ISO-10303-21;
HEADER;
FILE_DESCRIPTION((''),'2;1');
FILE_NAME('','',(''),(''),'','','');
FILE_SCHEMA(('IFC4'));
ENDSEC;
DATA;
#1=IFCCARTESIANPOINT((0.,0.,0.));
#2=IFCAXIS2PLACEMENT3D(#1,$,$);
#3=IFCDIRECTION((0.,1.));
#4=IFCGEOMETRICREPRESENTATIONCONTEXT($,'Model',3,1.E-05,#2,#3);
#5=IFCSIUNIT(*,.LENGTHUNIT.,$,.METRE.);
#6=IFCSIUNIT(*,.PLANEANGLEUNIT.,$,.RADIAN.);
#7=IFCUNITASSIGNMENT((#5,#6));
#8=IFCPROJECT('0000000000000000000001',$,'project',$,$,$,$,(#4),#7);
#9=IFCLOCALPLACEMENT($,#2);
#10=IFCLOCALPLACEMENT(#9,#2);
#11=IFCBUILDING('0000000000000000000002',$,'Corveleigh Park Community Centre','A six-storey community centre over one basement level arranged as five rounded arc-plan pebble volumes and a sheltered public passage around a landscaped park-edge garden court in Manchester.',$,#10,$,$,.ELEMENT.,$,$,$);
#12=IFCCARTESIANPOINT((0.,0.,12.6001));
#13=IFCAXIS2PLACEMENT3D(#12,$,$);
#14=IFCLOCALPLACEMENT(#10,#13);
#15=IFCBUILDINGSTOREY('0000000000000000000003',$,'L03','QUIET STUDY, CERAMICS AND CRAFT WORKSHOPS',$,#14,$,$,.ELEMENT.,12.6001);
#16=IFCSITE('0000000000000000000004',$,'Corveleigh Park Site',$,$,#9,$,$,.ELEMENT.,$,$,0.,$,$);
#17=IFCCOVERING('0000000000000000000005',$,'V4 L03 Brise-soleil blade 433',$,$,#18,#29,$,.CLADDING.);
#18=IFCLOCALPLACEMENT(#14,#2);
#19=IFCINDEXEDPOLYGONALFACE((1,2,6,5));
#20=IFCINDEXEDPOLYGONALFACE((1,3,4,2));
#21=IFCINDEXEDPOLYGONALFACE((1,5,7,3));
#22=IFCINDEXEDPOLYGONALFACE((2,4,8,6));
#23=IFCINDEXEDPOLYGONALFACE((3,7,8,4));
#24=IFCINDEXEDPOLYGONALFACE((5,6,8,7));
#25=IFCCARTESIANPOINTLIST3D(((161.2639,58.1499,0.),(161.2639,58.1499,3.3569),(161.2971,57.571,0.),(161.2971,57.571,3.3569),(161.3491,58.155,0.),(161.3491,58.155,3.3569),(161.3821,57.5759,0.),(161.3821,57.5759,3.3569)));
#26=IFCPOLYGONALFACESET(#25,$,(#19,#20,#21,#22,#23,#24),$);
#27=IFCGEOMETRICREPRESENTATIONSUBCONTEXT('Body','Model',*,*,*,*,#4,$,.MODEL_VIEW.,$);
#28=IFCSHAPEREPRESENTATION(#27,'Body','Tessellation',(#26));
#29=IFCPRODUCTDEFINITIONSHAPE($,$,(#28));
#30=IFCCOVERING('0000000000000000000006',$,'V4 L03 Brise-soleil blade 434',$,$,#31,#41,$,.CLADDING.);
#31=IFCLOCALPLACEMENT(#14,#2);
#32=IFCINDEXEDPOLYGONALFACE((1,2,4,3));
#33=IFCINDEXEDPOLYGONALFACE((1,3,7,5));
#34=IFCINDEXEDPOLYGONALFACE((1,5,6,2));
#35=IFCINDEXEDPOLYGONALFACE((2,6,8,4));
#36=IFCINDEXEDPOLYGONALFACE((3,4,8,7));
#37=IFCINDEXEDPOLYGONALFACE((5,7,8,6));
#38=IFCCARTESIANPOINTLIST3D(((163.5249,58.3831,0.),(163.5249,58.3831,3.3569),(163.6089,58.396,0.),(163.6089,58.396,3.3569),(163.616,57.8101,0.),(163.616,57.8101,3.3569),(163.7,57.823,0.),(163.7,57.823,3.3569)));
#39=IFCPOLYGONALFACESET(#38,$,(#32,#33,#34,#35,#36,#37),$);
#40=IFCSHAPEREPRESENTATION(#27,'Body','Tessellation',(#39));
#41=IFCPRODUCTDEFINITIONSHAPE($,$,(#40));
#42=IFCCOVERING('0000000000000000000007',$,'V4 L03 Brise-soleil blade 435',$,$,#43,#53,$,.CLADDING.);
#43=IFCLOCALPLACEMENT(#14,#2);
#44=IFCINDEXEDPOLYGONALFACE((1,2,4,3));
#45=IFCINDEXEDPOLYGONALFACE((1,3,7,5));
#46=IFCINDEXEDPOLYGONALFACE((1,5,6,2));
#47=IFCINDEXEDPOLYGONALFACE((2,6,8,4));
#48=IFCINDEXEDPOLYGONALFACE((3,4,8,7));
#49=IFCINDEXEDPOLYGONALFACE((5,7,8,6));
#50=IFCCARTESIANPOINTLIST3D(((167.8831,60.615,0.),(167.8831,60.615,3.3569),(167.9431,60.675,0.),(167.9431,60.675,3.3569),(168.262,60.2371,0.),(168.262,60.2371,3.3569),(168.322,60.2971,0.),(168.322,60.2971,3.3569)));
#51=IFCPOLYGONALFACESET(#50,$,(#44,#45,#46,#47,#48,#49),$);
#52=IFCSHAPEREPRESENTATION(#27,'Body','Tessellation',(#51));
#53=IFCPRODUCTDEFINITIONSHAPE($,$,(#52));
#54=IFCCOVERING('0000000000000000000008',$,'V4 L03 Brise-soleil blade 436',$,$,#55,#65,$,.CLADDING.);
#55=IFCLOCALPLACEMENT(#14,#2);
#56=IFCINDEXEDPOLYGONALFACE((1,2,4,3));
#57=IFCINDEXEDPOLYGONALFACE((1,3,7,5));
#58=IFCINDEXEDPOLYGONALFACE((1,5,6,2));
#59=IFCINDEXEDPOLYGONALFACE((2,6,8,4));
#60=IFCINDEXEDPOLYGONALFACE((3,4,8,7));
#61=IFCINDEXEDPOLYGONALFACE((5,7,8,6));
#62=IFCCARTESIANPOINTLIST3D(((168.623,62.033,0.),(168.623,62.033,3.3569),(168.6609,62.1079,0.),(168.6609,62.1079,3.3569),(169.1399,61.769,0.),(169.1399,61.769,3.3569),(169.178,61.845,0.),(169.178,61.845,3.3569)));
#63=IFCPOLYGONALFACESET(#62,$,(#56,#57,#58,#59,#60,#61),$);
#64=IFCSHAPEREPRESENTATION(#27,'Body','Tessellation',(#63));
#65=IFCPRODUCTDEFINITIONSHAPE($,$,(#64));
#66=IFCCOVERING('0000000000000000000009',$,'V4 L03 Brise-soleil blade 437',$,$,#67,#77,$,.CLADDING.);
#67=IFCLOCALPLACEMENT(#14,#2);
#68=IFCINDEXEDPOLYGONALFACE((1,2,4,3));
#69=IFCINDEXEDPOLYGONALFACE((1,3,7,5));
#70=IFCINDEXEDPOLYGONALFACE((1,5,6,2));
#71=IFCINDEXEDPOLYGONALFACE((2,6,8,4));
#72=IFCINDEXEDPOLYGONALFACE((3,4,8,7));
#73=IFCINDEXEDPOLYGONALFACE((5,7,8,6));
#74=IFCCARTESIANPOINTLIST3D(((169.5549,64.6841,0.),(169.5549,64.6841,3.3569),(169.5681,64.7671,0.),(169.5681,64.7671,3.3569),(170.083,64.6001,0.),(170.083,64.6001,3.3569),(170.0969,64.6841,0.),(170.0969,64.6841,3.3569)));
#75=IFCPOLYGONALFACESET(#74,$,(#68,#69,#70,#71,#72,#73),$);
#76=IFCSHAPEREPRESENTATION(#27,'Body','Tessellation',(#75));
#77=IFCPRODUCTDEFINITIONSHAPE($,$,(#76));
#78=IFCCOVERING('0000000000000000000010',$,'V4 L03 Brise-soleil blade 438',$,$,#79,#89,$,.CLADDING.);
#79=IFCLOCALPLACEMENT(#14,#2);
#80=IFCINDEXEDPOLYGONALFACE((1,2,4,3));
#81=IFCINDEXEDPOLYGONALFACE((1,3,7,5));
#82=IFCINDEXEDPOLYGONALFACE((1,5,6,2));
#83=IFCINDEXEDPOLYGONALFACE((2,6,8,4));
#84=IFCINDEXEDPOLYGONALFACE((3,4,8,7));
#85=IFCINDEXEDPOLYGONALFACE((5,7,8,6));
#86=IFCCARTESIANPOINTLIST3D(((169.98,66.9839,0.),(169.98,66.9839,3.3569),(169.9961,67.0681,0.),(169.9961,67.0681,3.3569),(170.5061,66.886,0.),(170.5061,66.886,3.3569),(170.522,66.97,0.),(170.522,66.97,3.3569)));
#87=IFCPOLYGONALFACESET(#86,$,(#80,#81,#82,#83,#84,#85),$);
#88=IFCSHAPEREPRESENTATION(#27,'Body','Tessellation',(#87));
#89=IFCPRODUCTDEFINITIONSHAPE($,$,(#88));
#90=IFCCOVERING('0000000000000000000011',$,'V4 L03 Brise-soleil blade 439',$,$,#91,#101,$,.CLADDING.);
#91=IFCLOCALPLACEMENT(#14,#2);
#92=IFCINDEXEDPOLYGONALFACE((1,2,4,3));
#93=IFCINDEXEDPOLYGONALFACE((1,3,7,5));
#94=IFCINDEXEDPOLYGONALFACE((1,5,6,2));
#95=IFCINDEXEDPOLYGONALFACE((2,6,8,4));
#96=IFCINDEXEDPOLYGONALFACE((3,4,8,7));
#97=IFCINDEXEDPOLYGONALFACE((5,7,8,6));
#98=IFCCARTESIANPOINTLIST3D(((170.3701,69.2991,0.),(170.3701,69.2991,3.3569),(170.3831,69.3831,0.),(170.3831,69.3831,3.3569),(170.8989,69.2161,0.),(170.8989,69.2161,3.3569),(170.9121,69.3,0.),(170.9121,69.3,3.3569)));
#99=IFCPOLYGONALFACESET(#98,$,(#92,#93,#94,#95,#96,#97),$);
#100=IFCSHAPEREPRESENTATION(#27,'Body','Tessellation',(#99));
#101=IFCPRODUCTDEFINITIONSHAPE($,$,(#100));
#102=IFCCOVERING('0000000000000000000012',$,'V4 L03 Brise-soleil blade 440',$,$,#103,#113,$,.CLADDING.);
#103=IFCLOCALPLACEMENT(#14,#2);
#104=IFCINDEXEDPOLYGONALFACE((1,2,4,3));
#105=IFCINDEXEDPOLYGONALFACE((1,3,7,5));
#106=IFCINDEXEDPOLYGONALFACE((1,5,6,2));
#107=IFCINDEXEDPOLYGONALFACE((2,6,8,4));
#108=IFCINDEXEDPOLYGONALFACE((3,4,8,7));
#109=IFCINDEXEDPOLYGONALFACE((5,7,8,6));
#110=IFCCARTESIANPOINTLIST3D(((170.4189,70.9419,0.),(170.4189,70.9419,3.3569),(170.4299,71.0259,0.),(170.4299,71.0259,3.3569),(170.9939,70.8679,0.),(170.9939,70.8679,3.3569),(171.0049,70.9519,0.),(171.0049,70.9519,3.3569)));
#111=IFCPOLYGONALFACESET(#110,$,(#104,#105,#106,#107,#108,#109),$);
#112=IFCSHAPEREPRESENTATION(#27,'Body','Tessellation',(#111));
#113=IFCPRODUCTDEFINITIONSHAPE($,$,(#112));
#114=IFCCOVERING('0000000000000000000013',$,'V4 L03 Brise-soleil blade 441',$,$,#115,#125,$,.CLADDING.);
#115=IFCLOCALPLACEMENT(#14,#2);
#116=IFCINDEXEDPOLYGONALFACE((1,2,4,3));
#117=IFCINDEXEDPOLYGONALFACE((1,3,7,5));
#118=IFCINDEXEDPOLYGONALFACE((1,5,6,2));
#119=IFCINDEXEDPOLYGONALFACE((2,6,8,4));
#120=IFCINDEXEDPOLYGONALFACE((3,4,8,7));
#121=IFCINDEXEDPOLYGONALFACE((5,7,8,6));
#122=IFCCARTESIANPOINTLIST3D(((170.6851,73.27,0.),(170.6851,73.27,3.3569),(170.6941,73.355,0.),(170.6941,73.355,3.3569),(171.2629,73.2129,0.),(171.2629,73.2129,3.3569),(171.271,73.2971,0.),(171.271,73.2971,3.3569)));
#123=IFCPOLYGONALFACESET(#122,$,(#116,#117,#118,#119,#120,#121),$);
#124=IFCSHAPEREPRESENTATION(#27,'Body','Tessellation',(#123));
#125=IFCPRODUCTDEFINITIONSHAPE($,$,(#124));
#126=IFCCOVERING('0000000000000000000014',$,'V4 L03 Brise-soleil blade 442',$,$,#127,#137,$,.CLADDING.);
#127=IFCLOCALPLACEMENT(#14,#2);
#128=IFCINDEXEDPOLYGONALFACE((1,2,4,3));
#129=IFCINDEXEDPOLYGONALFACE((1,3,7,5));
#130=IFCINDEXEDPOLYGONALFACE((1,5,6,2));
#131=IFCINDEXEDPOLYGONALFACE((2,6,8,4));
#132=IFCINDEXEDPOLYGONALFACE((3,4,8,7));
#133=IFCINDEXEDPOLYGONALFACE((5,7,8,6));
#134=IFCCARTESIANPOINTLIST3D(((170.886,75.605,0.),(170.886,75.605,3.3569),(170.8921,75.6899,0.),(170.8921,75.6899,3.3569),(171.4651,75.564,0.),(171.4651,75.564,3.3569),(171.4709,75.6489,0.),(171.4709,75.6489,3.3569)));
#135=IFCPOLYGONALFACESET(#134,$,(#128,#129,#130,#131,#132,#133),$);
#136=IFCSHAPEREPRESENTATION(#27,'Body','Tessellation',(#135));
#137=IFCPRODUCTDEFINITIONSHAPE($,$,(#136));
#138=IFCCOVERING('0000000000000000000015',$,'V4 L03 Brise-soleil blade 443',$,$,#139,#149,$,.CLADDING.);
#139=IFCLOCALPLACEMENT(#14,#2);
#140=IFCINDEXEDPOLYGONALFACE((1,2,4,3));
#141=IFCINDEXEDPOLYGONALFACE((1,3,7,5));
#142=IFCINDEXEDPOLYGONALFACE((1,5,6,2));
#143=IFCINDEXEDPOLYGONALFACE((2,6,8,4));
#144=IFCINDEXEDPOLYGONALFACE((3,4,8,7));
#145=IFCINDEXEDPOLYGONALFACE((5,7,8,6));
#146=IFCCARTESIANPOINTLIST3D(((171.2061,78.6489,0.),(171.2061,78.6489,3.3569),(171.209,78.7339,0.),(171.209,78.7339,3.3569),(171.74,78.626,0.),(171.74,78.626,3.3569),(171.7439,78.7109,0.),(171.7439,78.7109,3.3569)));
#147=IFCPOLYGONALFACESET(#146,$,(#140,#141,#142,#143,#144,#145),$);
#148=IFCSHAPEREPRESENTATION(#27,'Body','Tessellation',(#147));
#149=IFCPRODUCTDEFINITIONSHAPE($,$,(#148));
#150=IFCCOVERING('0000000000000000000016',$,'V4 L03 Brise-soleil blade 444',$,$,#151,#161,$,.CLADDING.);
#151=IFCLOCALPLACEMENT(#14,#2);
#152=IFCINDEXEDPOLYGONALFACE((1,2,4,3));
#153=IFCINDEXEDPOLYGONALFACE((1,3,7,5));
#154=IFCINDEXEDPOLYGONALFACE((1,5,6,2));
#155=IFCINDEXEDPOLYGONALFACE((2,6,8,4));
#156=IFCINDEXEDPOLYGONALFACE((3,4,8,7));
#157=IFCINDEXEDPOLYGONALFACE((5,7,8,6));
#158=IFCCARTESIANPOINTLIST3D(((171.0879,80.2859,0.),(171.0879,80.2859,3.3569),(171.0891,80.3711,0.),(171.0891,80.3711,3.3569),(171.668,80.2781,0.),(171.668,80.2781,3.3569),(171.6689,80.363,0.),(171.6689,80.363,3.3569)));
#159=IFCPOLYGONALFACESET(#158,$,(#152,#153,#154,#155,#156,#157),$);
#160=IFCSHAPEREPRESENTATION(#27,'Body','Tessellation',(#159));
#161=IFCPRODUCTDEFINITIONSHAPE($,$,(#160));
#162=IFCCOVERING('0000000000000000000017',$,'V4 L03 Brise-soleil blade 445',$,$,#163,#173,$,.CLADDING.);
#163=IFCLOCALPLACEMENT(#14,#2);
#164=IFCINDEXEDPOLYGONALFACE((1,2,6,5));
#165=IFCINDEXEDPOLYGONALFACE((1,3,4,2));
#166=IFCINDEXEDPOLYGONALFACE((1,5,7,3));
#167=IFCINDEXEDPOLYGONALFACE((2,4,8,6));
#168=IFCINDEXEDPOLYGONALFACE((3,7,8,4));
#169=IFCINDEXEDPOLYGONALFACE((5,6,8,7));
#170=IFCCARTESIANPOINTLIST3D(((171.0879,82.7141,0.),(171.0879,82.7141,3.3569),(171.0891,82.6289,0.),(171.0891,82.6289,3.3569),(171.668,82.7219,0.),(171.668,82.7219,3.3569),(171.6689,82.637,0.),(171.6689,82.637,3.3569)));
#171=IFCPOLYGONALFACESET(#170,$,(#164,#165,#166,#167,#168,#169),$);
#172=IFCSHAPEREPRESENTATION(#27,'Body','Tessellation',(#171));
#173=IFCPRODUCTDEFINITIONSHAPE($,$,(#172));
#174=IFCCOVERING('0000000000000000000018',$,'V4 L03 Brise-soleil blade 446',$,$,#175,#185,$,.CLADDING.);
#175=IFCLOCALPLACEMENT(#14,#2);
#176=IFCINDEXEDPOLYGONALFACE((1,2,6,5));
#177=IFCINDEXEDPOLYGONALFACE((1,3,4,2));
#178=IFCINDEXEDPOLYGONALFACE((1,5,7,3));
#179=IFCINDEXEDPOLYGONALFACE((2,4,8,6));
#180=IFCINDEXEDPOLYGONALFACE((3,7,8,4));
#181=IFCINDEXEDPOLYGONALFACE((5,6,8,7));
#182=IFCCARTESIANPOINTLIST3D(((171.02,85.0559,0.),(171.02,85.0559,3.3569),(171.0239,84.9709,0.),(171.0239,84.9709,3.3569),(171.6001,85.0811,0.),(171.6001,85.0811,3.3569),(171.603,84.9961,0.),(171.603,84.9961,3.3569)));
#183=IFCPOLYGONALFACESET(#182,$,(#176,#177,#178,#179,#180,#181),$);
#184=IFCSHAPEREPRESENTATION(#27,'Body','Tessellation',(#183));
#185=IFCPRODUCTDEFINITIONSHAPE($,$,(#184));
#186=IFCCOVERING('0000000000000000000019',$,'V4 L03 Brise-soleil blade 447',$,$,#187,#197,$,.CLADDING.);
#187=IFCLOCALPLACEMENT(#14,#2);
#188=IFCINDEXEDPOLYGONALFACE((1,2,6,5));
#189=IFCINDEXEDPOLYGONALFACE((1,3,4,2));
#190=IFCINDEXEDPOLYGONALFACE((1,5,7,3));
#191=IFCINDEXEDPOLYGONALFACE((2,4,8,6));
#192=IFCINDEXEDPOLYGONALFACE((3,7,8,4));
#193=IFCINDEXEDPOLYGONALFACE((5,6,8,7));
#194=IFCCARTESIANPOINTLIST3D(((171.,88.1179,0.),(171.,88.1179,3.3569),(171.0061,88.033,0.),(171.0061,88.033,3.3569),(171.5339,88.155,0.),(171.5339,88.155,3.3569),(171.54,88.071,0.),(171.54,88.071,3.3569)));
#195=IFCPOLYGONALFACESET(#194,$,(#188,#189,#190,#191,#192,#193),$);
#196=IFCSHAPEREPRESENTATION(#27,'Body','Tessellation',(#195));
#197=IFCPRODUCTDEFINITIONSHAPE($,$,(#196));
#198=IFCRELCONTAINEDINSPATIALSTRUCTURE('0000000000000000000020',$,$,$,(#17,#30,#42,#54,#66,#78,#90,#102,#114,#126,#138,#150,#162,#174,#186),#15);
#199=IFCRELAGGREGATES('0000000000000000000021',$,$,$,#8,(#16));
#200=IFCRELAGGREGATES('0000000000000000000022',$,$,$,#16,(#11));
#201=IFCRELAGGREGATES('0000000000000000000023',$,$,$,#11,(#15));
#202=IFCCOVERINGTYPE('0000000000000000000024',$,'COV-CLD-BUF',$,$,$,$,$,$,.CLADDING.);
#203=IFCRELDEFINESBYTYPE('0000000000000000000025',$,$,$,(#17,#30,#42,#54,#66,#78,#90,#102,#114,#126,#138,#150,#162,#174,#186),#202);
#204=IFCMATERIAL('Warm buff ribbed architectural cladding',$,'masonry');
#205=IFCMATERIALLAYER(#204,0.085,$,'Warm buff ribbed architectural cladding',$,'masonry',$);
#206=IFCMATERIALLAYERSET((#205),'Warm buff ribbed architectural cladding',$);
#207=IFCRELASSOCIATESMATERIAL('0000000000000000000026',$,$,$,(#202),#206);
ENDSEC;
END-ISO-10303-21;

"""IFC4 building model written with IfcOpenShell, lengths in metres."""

from ifc_helpers import new_model, si_unit, direction, frame, origin, place, context, subcontext, project, spatial, polyline, outline, extrude, material, layer, layer_set, type_object, element, save


model = new_model("IFC4")

# Units and contexts
model_context = context("Model", 3, precision=1e-05, world=origin(), true_north=direction((0.0, 1.0)))
body_context = subcontext(model_context, "Body", "Model", "MODEL_VIEW")
ifc_project = project(units=[si_unit("LENGTHUNIT", "METRE"), si_unit("PLANEANGLEUNIT", "RADIAN")], contexts=[model_context])

# Site, building, storey
site_placement = place(None, origin())
site = spatial("IfcSite", under=ifc_project, at=site_placement, Name="Corveleigh Park Site", CompositionType="ELEMENT", RefElevation=0.0)
building_placement = place(site_placement, origin())
building = spatial("IfcBuilding", under=site, at=building_placement, Name="Corveleigh Park Community Centre", Description="A six-storey community centre over one basement level arranged as five rounded arc-plan pebble volumes and a sheltered public passage around a landscaped park-edge garden court in Manchester.", CompositionType="ELEMENT")
storey_placement = place(building_placement, frame((0.0, 0.0, 12.6001)))
storey = spatial("IfcBuildingStorey", under=building, at=storey_placement, Name="L03", Description="QUIET STUDY, CERAMICS AND CRAFT WORKSHOPS", CompositionType="ELEMENT", Elevation=12.6001)

# Coverings
ifc_material = material(Name="Warm buff ribbed architectural cladding", Category="masonry")
ifc_layer = layer(ifc_material, 0.085, Name="Warm buff ribbed architectural cladding", Category="masonry")
ifc_layer_set = layer_set([ifc_layer], Name="Warm buff ribbed architectural cladding")
covering_type = type_object("IfcCoveringType", Name="COV-CLD-BUF", PredefinedType="CLADDING", material=ifc_layer_set)
covering_1_placement = place(storey_placement, origin())
element("IfcCovering", 1, at=covering_1_placement, inside=storey, type_object=covering_type, Name="V4 L03 Brise-soleil blade 433", PredefinedType="CLADDING", context=body_context, shape_type="SweptSolid", body=[
    extrude(outline(polyline([(161.3491, 58.155), (161.2639, 58.1499), (161.2971, 57.571), (161.3821, 57.5759), (161.3491, 58.155)])), origin(), (0.0, 0.0, 1.0), 3.3569),
])
covering_2_placement = place(storey_placement, origin())
element("IfcCovering", 2, at=covering_2_placement, inside=storey, type_object=covering_type, Name="V4 L03 Brise-soleil blade 434", PredefinedType="CLADDING", context=body_context, shape_type="SweptSolid", body=[
    extrude(outline(polyline([(163.6089, 58.396), (163.5249, 58.3831), (163.616, 57.8101), (163.7, 57.823), (163.6089, 58.396)])), origin(), (0.0, 0.0, 1.0), 3.3569),
])
covering_3_placement = place(storey_placement, origin())
element("IfcCovering", 3, at=covering_3_placement, inside=storey, type_object=covering_type, Name="V4 L03 Brise-soleil blade 435", PredefinedType="CLADDING", context=body_context, shape_type="SweptSolid", body=[
    extrude(outline(polyline([(167.9431, 60.675), (167.8831, 60.615), (168.262, 60.2371), (168.322, 60.2971), (167.9431, 60.675)])), origin(), (0.0, 0.0, 1.0), 3.3569),
])
covering_4_placement = place(storey_placement, origin())
element("IfcCovering", 4, at=covering_4_placement, inside=storey, type_object=covering_type, Name="V4 L03 Brise-soleil blade 436", PredefinedType="CLADDING", context=body_context, shape_type="SweptSolid", body=[
    extrude(outline(polyline([(168.6609, 62.1079), (168.623, 62.033), (169.1399, 61.769), (169.178, 61.845), (168.6609, 62.1079)])), origin(), (0.0, 0.0, 1.0), 3.3569),
])
covering_5_placement = place(storey_placement, origin())
element("IfcCovering", 5, at=covering_5_placement, inside=storey, type_object=covering_type, Name="V4 L03 Brise-soleil blade 437", PredefinedType="CLADDING", context=body_context, shape_type="SweptSolid", body=[
    extrude(outline(polyline([(169.5681, 64.7671), (169.5549, 64.6841), (170.083, 64.6001), (170.0969, 64.6841), (169.5681, 64.7671)])), origin(), (0.0, 0.0, 1.0), 3.3569),
])
covering_6_placement = place(storey_placement, origin())
element("IfcCovering", 6, at=covering_6_placement, inside=storey, type_object=covering_type, Name="V4 L03 Brise-soleil blade 438", PredefinedType="CLADDING", context=body_context, shape_type="SweptSolid", body=[
    extrude(outline(polyline([(169.9961, 67.0681), (169.98, 66.9839), (170.5061, 66.886), (170.522, 66.97), (169.9961, 67.0681)])), origin(), (0.0, 0.0, 1.0), 3.3569),
])
covering_7_placement = place(storey_placement, origin())
element("IfcCovering", 7, at=covering_7_placement, inside=storey, type_object=covering_type, Name="V4 L03 Brise-soleil blade 439", PredefinedType="CLADDING", context=body_context, shape_type="SweptSolid", body=[
    extrude(outline(polyline([(170.3831, 69.3831), (170.3701, 69.2991), (170.8989, 69.2161), (170.9121, 69.3), (170.3831, 69.3831)])), origin(), (0.0, 0.0, 1.0), 3.3569),
])
covering_8_placement = place(storey_placement, origin())
element("IfcCovering", 8, at=covering_8_placement, inside=storey, type_object=covering_type, Name="V4 L03 Brise-soleil blade 440", PredefinedType="CLADDING", context=body_context, shape_type="SweptSolid", body=[
    extrude(outline(polyline([(170.4299, 71.0259), (170.4189, 70.9419), (170.9939, 70.8679), (171.0049, 70.9519), (170.4299, 71.0259)])), origin(), (0.0, 0.0, 1.0), 3.3569),
])
covering_9_placement = place(storey_placement, origin())
element("IfcCovering", 9, at=covering_9_placement, inside=storey, type_object=covering_type, Name="V4 L03 Brise-soleil blade 441", PredefinedType="CLADDING", context=body_context, shape_type="SweptSolid", body=[
    extrude(outline(polyline([(170.6941, 73.355), (170.6851, 73.27), (171.2629, 73.2129), (171.271, 73.2971), (170.6941, 73.355)])), origin(), (0.0, 0.0, 1.0), 3.3569),
])
covering_10_placement = place(storey_placement, origin())
element("IfcCovering", 10, at=covering_10_placement, inside=storey, type_object=covering_type, Name="V4 L03 Brise-soleil blade 442", PredefinedType="CLADDING", context=body_context, shape_type="SweptSolid", body=[
    extrude(outline(polyline([(170.8921, 75.6899), (170.886, 75.605), (171.4651, 75.564), (171.4709, 75.6489), (170.8921, 75.6899)])), origin(), (0.0, 0.0, 1.0), 3.3569),
])
covering_11_placement = place(storey_placement, origin())
element("IfcCovering", 11, at=covering_11_placement, inside=storey, type_object=covering_type, Name="V4 L03 Brise-soleil blade 443", PredefinedType="CLADDING", context=body_context, shape_type="SweptSolid", body=[
    extrude(outline(polyline([(171.209, 78.7339), (171.2061, 78.6489), (171.74, 78.626), (171.7439, 78.7109), (171.209, 78.7339)])), origin(), (0.0, 0.0, 1.0), 3.3569),
])
covering_12_placement = place(storey_placement, origin())
element("IfcCovering", 12, at=covering_12_placement, inside=storey, type_object=covering_type, Name="V4 L03 Brise-soleil blade 444", PredefinedType="CLADDING", context=body_context, shape_type="SweptSolid", body=[
    extrude(outline(polyline([(171.0891, 80.3711), (171.0879, 80.2859), (171.668, 80.2781), (171.6689, 80.363), (171.0891, 80.3711)])), origin(), (0.0, 0.0, 1.0), 3.3569),
])
covering_13_placement = place(storey_placement, origin())
element("IfcCovering", 13, at=covering_13_placement, inside=storey, type_object=covering_type, Name="V4 L03 Brise-soleil blade 445", PredefinedType="CLADDING", context=body_context, shape_type="SweptSolid", body=[
    extrude(outline(polyline([(171.0879, 82.7141), (171.0891, 82.6289), (171.6689, 82.637), (171.668, 82.7219), (171.0879, 82.7141)])), origin(), (0.0, 0.0, 1.0), 3.3569),
])
covering_14_placement = place(storey_placement, origin())
element("IfcCovering", 14, at=covering_14_placement, inside=storey, type_object=covering_type, Name="V4 L03 Brise-soleil blade 446", PredefinedType="CLADDING", context=body_context, shape_type="SweptSolid", body=[
    extrude(outline(polyline([(171.02, 85.0559), (171.0239, 84.9709), (171.603, 84.9961), (171.6001, 85.0811), (171.02, 85.0559)])), origin(), (0.0, 0.0, 1.0), 3.3569),
])
covering_15_placement = place(storey_placement, origin())
element("IfcCovering", 15, at=covering_15_placement, inside=storey, type_object=covering_type, Name="V4 L03 Brise-soleil blade 447", PredefinedType="CLADDING", context=body_context, shape_type="SweptSolid", body=[
    extrude(outline(polyline([(171.0, 88.1179), (171.0061, 88.033), (171.54, 88.071), (171.5339, 88.155), (171.0, 88.1179)])), origin(), (0.0, 0.0, 1.0), 3.3569),
])

save(model, "model.ifc")
